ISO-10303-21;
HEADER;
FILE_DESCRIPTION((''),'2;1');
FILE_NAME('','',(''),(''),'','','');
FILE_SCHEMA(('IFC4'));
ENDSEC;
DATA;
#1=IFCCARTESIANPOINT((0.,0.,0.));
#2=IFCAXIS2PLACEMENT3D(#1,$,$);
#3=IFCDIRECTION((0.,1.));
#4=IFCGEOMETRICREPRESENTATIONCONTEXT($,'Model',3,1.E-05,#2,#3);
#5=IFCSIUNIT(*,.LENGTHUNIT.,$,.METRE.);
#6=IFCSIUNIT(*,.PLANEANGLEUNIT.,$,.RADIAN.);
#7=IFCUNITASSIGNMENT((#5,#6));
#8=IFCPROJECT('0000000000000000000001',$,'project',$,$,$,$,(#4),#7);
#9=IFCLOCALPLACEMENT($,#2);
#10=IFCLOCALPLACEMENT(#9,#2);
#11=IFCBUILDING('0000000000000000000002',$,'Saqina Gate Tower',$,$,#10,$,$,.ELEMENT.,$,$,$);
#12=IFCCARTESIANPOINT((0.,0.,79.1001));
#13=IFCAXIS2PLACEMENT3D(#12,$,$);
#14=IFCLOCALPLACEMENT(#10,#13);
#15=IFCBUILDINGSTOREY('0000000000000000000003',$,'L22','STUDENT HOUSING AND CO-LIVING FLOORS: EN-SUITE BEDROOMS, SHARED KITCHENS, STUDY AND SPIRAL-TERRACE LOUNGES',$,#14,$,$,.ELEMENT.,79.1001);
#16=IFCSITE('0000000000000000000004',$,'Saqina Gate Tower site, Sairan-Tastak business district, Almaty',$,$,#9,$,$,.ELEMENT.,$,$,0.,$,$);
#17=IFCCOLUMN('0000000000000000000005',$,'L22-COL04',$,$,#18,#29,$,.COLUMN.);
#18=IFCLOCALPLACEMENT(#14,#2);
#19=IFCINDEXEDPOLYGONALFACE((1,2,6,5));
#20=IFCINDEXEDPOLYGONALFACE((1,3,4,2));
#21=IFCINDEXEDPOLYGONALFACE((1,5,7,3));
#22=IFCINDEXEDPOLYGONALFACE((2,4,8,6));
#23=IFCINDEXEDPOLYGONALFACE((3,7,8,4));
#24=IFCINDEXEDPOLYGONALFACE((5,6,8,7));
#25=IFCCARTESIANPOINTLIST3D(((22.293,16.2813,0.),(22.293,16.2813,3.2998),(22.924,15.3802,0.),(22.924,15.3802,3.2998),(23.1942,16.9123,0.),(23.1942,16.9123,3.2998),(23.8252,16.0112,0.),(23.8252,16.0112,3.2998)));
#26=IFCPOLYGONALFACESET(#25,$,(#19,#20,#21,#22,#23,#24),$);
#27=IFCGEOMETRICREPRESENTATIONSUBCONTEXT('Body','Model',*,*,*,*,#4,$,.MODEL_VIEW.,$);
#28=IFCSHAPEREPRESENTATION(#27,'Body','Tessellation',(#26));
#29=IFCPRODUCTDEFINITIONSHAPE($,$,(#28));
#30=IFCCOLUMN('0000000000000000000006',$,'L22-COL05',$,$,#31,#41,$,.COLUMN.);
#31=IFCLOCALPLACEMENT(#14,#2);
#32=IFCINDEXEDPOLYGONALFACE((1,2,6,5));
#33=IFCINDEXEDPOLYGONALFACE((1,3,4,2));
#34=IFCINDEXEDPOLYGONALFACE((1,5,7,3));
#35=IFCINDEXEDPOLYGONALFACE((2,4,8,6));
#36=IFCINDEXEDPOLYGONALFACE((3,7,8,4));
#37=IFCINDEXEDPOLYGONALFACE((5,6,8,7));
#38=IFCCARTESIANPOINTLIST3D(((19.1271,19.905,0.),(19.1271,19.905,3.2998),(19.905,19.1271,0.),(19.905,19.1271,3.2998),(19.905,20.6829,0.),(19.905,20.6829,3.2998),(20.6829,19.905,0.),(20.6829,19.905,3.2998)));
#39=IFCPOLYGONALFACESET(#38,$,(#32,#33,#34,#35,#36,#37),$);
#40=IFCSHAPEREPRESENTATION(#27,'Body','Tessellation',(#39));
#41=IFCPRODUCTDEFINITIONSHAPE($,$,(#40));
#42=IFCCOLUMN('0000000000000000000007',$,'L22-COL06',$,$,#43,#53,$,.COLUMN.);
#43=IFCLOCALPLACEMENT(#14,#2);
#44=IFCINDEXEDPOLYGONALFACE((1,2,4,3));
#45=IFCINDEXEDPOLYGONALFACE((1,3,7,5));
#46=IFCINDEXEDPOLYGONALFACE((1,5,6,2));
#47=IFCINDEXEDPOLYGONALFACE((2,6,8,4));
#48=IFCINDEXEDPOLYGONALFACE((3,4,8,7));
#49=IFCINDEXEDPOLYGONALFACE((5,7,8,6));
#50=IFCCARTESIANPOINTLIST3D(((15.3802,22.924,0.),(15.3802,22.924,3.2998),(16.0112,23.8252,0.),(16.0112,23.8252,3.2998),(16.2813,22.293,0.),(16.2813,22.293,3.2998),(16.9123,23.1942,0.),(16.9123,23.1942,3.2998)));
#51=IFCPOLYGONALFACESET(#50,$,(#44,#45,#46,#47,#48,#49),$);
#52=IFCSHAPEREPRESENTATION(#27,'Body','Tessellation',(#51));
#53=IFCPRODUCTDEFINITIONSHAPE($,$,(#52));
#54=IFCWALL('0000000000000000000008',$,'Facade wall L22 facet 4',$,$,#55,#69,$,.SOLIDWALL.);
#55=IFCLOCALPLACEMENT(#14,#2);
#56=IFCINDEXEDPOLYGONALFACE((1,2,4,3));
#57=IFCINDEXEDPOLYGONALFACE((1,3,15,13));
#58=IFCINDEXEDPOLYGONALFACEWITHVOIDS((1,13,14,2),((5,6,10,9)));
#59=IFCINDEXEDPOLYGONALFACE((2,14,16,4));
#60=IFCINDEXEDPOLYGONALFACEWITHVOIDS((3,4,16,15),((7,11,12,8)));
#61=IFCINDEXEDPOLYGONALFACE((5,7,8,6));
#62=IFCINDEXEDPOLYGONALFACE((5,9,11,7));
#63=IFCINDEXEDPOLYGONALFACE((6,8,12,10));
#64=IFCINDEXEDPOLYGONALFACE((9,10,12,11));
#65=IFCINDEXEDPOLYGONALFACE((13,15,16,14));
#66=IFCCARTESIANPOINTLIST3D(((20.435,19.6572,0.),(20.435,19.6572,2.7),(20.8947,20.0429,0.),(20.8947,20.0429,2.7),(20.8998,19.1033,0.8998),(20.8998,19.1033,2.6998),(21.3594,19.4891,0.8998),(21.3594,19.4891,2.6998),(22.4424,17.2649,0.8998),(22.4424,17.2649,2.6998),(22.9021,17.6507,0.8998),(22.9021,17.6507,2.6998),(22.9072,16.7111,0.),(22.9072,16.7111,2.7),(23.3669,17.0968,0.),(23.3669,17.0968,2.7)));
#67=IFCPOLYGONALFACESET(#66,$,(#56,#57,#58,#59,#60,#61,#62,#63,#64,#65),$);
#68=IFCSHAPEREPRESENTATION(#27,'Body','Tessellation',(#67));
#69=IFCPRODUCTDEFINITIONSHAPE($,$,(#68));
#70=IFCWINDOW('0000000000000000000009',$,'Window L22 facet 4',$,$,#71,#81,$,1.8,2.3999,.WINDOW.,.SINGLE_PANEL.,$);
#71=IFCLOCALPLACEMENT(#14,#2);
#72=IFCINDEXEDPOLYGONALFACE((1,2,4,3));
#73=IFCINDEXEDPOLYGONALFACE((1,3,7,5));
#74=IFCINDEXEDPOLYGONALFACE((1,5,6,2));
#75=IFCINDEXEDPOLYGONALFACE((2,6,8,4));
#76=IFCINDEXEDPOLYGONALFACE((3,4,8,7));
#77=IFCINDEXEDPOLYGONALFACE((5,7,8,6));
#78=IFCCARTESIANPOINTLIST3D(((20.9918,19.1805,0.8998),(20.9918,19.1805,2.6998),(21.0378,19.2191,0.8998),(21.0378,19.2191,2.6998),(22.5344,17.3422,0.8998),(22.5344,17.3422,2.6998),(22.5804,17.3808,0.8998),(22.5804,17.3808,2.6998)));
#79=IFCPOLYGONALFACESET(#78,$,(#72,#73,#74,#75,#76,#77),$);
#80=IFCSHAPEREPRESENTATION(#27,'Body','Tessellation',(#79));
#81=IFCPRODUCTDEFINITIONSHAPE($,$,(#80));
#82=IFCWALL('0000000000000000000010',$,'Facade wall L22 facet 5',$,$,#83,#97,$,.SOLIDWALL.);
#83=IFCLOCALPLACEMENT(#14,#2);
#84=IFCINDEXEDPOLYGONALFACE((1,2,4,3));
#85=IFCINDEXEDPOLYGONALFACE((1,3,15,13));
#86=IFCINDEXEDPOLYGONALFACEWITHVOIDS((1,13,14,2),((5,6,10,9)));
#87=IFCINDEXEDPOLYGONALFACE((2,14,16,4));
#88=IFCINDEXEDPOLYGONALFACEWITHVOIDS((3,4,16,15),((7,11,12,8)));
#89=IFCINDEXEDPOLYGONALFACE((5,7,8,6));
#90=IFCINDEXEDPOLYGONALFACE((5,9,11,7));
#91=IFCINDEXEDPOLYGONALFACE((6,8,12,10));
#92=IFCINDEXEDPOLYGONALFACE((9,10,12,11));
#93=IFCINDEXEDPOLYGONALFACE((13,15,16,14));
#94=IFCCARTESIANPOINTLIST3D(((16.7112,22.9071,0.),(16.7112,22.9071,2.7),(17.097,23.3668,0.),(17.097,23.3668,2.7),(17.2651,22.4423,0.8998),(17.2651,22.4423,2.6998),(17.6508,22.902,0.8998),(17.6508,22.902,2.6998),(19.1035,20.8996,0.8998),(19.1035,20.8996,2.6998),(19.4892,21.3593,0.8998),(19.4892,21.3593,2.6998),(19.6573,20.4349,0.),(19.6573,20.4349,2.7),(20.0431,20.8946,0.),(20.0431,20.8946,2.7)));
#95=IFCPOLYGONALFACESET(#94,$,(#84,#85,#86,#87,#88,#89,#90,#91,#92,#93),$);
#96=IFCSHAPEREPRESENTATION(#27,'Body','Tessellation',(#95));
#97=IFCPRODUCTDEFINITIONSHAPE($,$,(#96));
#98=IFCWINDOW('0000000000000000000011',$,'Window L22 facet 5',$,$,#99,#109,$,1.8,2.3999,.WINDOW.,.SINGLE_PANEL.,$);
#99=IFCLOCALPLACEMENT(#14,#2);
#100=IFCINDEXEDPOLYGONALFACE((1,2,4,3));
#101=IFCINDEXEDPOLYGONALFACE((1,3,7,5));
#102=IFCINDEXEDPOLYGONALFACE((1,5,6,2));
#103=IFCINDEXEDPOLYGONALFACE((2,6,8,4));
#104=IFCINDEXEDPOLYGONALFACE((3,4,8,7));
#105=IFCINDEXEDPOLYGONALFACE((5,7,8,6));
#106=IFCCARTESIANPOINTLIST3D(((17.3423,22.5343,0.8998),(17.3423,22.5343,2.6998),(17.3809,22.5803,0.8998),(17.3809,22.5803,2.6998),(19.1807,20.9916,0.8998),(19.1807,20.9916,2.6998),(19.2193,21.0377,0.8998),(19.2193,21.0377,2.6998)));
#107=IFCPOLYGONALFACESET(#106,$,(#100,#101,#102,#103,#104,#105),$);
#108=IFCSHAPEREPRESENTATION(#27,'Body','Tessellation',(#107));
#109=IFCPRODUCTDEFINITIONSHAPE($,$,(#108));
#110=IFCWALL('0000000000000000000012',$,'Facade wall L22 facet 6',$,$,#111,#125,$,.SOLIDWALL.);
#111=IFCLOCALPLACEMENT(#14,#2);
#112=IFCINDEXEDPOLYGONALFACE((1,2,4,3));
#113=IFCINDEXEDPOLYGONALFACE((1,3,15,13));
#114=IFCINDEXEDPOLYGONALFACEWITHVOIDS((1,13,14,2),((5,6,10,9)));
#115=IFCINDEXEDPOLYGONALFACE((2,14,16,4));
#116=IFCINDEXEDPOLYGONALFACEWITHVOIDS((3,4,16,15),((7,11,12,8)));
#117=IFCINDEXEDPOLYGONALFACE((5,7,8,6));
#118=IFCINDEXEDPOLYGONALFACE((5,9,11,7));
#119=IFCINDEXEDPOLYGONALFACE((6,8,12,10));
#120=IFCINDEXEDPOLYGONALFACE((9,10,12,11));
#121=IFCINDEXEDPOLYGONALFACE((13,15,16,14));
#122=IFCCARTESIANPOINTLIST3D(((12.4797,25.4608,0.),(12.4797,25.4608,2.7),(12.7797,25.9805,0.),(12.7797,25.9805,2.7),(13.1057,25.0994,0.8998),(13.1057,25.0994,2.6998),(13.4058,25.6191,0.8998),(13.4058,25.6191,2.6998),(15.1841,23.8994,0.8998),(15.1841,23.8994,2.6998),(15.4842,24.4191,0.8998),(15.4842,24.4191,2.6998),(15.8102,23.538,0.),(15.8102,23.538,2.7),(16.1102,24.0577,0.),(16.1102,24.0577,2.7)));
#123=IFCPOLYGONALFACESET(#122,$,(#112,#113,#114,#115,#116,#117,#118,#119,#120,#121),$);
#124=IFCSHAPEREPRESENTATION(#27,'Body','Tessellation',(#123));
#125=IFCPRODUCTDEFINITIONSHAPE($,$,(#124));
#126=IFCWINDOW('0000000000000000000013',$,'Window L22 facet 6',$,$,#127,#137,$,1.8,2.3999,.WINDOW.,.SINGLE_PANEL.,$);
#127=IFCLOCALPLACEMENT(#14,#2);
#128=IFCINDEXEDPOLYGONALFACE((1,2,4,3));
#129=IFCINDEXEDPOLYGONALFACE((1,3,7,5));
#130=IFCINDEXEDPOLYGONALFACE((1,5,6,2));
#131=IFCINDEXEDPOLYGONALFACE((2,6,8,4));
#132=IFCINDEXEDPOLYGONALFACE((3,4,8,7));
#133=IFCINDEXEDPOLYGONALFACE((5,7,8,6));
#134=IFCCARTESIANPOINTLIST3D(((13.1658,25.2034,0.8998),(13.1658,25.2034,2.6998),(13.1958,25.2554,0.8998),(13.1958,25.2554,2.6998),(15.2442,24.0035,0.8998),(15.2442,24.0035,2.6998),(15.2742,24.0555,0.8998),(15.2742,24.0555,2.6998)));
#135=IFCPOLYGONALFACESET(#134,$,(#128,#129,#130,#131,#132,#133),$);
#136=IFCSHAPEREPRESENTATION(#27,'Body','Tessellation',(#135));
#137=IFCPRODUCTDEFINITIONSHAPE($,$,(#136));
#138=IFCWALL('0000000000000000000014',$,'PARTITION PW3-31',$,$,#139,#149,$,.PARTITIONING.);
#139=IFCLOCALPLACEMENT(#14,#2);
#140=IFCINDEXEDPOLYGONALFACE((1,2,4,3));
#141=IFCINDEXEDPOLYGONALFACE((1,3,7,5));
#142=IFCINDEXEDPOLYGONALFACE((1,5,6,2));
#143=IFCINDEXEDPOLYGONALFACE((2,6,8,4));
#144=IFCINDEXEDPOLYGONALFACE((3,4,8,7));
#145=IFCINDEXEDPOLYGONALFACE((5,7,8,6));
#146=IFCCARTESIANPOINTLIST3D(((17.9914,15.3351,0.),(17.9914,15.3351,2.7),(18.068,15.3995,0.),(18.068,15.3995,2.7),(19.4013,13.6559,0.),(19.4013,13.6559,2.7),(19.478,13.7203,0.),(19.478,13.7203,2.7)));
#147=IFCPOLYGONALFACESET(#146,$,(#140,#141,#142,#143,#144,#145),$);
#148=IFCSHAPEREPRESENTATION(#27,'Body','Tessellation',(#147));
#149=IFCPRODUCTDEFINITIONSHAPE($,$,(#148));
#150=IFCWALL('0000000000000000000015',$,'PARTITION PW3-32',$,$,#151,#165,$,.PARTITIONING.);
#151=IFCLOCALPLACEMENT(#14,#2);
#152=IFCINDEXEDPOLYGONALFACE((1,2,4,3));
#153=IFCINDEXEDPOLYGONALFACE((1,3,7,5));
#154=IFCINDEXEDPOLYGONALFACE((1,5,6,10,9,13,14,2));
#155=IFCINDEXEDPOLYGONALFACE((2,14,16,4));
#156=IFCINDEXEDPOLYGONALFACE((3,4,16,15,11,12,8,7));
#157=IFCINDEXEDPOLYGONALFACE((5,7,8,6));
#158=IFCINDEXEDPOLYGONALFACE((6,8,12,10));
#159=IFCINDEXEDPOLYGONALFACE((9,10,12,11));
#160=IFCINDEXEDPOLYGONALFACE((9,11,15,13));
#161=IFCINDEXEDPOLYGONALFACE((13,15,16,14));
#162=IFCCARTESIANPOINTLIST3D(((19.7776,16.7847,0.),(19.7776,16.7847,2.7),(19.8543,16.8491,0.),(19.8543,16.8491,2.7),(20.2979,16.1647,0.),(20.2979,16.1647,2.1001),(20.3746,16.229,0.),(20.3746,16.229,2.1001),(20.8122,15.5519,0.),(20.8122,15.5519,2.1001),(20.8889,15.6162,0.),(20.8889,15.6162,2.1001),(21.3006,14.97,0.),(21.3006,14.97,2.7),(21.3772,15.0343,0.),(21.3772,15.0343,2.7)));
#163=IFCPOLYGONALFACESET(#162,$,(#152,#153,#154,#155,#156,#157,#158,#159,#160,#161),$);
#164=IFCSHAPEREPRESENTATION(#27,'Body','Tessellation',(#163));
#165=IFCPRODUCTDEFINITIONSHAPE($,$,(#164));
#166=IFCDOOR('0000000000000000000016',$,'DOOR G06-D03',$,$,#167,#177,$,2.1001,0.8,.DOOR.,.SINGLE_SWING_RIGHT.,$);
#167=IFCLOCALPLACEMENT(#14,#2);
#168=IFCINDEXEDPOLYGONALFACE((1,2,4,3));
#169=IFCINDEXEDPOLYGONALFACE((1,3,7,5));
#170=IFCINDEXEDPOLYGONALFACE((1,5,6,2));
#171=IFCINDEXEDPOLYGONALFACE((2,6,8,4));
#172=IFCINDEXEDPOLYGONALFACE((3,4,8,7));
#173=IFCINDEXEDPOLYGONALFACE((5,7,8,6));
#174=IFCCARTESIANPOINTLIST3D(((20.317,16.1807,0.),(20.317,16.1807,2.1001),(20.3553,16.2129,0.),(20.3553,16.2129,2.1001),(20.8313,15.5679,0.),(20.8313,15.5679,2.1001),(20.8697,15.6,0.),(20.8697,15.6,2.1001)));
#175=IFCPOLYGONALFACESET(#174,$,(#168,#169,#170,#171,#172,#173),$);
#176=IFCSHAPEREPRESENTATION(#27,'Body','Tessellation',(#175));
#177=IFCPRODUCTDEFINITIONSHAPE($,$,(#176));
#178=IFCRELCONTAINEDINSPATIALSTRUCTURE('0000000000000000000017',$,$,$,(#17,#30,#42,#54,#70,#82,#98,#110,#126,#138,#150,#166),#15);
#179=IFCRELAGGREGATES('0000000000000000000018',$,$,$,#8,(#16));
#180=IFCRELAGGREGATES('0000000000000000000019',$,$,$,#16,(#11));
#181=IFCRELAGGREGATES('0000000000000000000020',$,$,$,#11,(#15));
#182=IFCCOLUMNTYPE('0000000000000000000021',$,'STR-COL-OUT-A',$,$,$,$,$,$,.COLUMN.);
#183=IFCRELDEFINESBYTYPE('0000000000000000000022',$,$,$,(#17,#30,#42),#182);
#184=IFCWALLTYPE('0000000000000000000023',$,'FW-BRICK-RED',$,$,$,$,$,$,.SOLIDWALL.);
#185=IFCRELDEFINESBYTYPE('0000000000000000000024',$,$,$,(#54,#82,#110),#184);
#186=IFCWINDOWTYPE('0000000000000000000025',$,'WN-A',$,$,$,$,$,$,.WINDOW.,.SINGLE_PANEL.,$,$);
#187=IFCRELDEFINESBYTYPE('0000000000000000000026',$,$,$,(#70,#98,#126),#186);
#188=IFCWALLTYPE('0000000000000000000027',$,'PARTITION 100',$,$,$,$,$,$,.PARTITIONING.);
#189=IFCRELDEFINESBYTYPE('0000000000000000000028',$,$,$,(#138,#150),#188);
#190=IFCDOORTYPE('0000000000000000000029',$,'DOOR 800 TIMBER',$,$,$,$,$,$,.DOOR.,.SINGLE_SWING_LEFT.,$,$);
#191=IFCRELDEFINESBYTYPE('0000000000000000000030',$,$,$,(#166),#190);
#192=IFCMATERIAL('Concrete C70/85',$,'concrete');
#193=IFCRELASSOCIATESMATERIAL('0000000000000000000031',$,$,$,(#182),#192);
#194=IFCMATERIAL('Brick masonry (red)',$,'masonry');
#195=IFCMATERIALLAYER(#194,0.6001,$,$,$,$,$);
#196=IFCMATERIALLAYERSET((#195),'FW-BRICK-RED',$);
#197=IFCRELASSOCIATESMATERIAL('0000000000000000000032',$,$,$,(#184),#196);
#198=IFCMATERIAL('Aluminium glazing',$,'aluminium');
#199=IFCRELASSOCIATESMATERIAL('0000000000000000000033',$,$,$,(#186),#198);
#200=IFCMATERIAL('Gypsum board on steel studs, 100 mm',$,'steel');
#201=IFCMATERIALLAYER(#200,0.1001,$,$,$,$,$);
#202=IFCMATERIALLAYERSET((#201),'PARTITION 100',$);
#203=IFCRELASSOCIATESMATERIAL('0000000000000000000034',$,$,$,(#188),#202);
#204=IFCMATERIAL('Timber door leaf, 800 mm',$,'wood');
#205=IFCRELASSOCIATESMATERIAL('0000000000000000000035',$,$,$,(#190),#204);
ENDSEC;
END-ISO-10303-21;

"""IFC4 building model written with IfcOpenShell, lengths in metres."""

from ifc_helpers import new_model, si_unit, direction, frame, frame_2d, origin, origin_2d, place, context, subcontext, project, spatial, rectangle, extrude, material, layer, layer_set, material_profile, profile_set, type_object, element, fill, save


model = new_model("IFC4")

# Units and contexts
model_context = context("Model", 3, precision=1e-05, world=origin(), true_north=direction((0.0, 1.0)))
body_context = subcontext(model_context, "Body", "Model", "MODEL_VIEW")
ifc_project = project(units=[si_unit("LENGTHUNIT", "METRE"), si_unit("PLANEANGLEUNIT", "RADIAN")], contexts=[model_context])

# Site, building, storey
site_placement = place(None, origin())
site = spatial("IfcSite", under=ifc_project, at=site_placement, Name="Saqina Gate Tower site, Sairan-Tastak business district, Almaty", CompositionType="ELEMENT", RefElevation=0.0)
building_placement = place(site_placement, origin())
building = spatial("IfcBuilding", under=site, at=building_placement, Name="Saqina Gate Tower", CompositionType="ELEMENT")
storey_placement = place(building_placement, frame((0.0, 0.0, 79.1001)))
storey = spatial("IfcBuildingStorey", under=building, at=storey_placement, Name="L22", Description="STUDENT HOUSING AND CO-LIVING FLOORS: EN-SUITE BEDROOMS, SHARED KITCHENS, STUDY AND SPIRAL-TERRACE LOUNGES", CompositionType="ELEMENT", Elevation=79.1001)

# Columns
ifc_material_1 = material(Name="Concrete C70/85", Category="concrete")
ifc_material_profile = material_profile(ifc_material_1, rectangle(XDim=1.1001, YDim=1.1001, at=origin_2d()), Name="RC 1100x1100")
ifc_profile_set = profile_set([ifc_material_profile], Name="Concrete C70/85")
column_type = type_object("IfcColumnType", Name="STR-COL-OUT-A", PredefinedType="COLUMN", material=ifc_profile_set)
for number, where, z_axis, x_axis, name in (
    (1, (23.0591, 16.1462, 0.0), (0.0, 0.0, 1.0), (0.819152, 0.573576, 0.0), "L22-COL04"),
    (2, (19.905, 19.905, 0.0), (0.0, 0.0, 1.0), (0.707107, 0.707107, 0.0), "L22-COL05"),
    (3, (16.1462, 23.0591, 0.0), (0.0, 0.0, 1.0), (0.573576, 0.819152, 0.0), "L22-COL06"),
):
    element("IfcColumn", number, at=place(storey_placement, frame(where, z_axis=z_axis, x_axis=x_axis)), inside=storey, type_object=column_type, Name=name, PredefinedType="COLUMN", context=body_context, shape_type="SweptSolid", body=[
        extrude(rectangle(XDim=1.1001, YDim=1.1001, at=origin_2d()), origin(), (0.0, 0.0, 1.0), 3.2998),
    ])

# Walls, openings, windows
ifc_material_2 = material(Name="Brick masonry (red)", Category="masonry")
ifc_layer_1 = layer(ifc_material_2, 0.6001)
ifc_layer_set_1 = layer_set([ifc_layer_1], Name="FW-BRICK-RED")
wall_type_1 = type_object("IfcWallType", Name="FW-BRICK-RED", PredefinedType="SOLIDWALL", material=ifc_layer_set_1)
wall_1_placement = place(storey_placement, frame((23.137, 16.9041, 0.0), z_axis=(0.0, 0.0, 1.0), x_axis=(-0.642809, 0.766026, 0.0)))
wall_1 = element("IfcWall", 4, at=wall_1_placement, inside=storey, type_object=wall_type_1, Name="Facade wall L22 facet 4", PredefinedType="SOLIDWALL", context=body_context, shape_type="SweptSolid", body=[
    extrude(rectangle(XDim=3.8459, YDim=0.6001, at=frame_2d((1.9229, 0.0))), origin(), (0.0, 0.0, 1.0), 2.7),
])
opening_1_placement = place(wall_1_placement, frame((0.7229, 0.0, 0.8999)))
opening_1 = element("IfcOpeningElement", 5, at=opening_1_placement, cuts=wall_1, PredefinedType="OPENING", context=body_context, shape_type="SweptSolid", body=[
    extrude(rectangle(XDim=2.3999, YDim=1.8, at=frame_2d((1.2, 0.8999))), frame((0.0, 0.312, 0.0), z_axis=(0.0, -1.0, 0.0), x_axis=(1.0, 0.0, 0.0)), (0.0, 0.0, 1.0), 0.624),
])
ifc_material_3 = material(Name="Aluminium glazing", Category="aluminium")
window_type = type_object("IfcWindowType", Name="WN-A", PartitioningType="SINGLE_PANEL", PredefinedType="WINDOW", material=ifc_material_3)
window_1_placement = place(opening_1_placement, origin())
window_1 = element("IfcWindow", 6, at=window_1_placement, inside=storey, type_object=window_type, Name="Window L22 facet 4", OverallHeight=1.8, OverallWidth=2.3999, PartitioningType="SINGLE_PANEL", PredefinedType="WINDOW", context=body_context, shape_type="SweptSolid", body=[
    extrude(rectangle(XDim=2.3999, YDim=1.8, at=frame_2d((1.2, 0.8999))), frame((0.0, 0.1799, 0.0), z_axis=(0.0, -1.0, 0.0), x_axis=(1.0, 0.0, 0.0)), (0.0, 0.0, 1.0), 0.0601),
])
fill(opening_1, window_1)
wall_2_placement = place(storey_placement, frame((19.8501, 20.6648, 0.0), z_axis=(0.0, 0.0, 1.0), x_axis=(-0.766026, 0.642809, 0.0)))
wall_2 = element("IfcWall", 7, at=wall_2_placement, inside=storey, type_object=wall_type_1, Name="Facade wall L22 facet 5", PredefinedType="SOLIDWALL", context=body_context, shape_type="SweptSolid", body=[
    extrude(rectangle(XDim=3.8459, YDim=0.6001, at=frame_2d((1.9229, 0.0))), origin(), (0.0, 0.0, 1.0), 2.7),
])
opening_2_placement = place(wall_2_placement, frame((0.7229, 0.0, 0.8999)))
opening_2 = element("IfcOpeningElement", 8, at=opening_2_placement, cuts=wall_2, PredefinedType="OPENING", context=body_context, shape_type="SweptSolid", body=[
    extrude(rectangle(XDim=2.3999, YDim=1.8, at=frame_2d((1.2, 0.8999))), frame((0.0, 0.312, 0.0), z_axis=(0.0, -1.0, 0.0), x_axis=(1.0, 0.0, 0.0)), (0.0, 0.0, 1.0), 0.624),
])
window_2_placement = place(opening_2_placement, origin())
window_2 = element("IfcWindow", 9, at=window_2_placement, inside=storey, type_object=window_type, Name="Window L22 facet 5", OverallHeight=1.8, OverallWidth=2.3999, PartitioningType="SINGLE_PANEL", PredefinedType="WINDOW", context=body_context, shape_type="SweptSolid", body=[
    extrude(rectangle(XDim=2.3999, YDim=1.8, at=frame_2d((1.2, 0.8999))), frame((0.0, 0.1799, 0.0), z_axis=(0.0, -1.0, 0.0), x_axis=(1.0, 0.0, 0.0)), (0.0, 0.0, 1.0), 0.0601),
])
fill(opening_2, window_2)
wall_3_placement = place(storey_placement, frame((15.9602, 23.7979, 0.0), z_axis=(0.0, 0.0, 1.0), x_axis=(-0.866031, 0.49999, 0.0)))
wall_3 = element("IfcWall", 10, at=wall_3_placement, inside=storey, type_object=wall_type_1, Name="Facade wall L22 facet 6", PredefinedType="SOLIDWALL", context=body_context, shape_type="SweptSolid", body=[
    extrude(rectangle(XDim=3.8457, YDim=0.6001, at=frame_2d((1.9229, 0.0))), origin(), (0.0, 0.0, 1.0), 2.7),
])
opening_3_placement = place(wall_3_placement, frame((0.7229, 0.0, 0.8999)))
opening_3 = element("IfcOpeningElement", 11, at=opening_3_placement, cuts=wall_3, PredefinedType="OPENING", context=body_context, shape_type="SweptSolid", body=[
    extrude(rectangle(XDim=2.3999, YDim=1.8, at=frame_2d((1.2, 0.8999))), frame((0.0, 0.312, 0.0), z_axis=(0.0, -1.0, 0.0), x_axis=(1.0, 0.0, 0.0)), (0.0, 0.0, 1.0), 0.624),
])
window_3_placement = place(opening_3_placement, origin())
window_3 = element("IfcWindow", 12, at=window_3_placement, inside=storey, type_object=window_type, Name="Window L22 facet 6", OverallHeight=1.8, OverallWidth=2.3999, PartitioningType="SINGLE_PANEL", PredefinedType="WINDOW", context=body_context, shape_type="SweptSolid", body=[
    extrude(rectangle(XDim=2.3999, YDim=1.8, at=frame_2d((1.2, 0.8999))), frame((0.0, 0.1799, 0.0), z_axis=(0.0, -1.0, 0.0), x_axis=(1.0, 0.0, 0.0)), (0.0, 0.0, 1.0), 0.0601),
])
fill(opening_3, window_3)

# Wall
ifc_material_4 = material(Name="Gypsum board on steel studs, 100 mm", Category="steel")
ifc_layer_2 = layer(ifc_material_4, 0.1001)
ifc_layer_set_2 = layer_set([ifc_layer_2], Name="PARTITION 100")
wall_type_2 = type_object("IfcWallType", Name="PARTITION 100", PredefinedType="PARTITIONING", material=ifc_layer_set_2)
wall_4_placement = place(storey_placement, frame((18.0298, 15.3672, 0.0), z_axis=(0.0, 0.0, 1.0), x_axis=(0.643028, -0.765843, 0.0)))
element("IfcWall", 13, at=wall_4_placement, inside=storey, type_object=wall_type_2, Name="PARTITION PW3-31", PredefinedType="PARTITIONING", context=body_context, shape_type="SweptSolid", body=[
    extrude(rectangle(XDim=2.1926, YDim=0.1001, at=frame_2d((1.0962, 0.0))), origin(), (0.0, 0.0, 1.0), 2.7),
])

# Wall, opening, door
wall_5_placement = place(storey_placement, frame((19.8159, 16.8169, 0.0), z_axis=(0.0, 0.0, 1.0), x_axis=(0.642846, -0.765995, 0.0)))
wall_5 = element("IfcWall", 14, at=wall_5_placement, inside=storey, type_object=wall_type_2, Name="PARTITION PW3-32", PredefinedType="PARTITIONING", context=body_context, shape_type="SweptSolid", body=[
    extrude(rectangle(XDim=2.3691, YDim=0.1001, at=frame_2d((1.1846, 0.0))), origin(), (0.0, 0.0, 1.0), 2.7),
])
opening_4_placement = place(wall_5_placement, frame((0.8096, 0.0, 0.0)))
opening_4 = element("IfcOpeningElement", 15, at=opening_4_placement, cuts=wall_5, PredefinedType="OPENING", context=body_context, shape_type="SweptSolid", body=[
    extrude(rectangle(XDim=0.8, YDim=2.1001, at=frame_2d((0.3999, 1.05))), frame((0.0, 0.062, 0.0), z_axis=(0.0, -1.0, 0.0), x_axis=(1.0, 0.0, 0.0)), (0.0, 0.0, 1.0), 0.124),
])
ifc_material_5 = material(Name="Timber door leaf, 800 mm", Category="wood")
door_type_1 = type_object("IfcDoorType", Name="DOOR 800 TIMBER", OperationType="SINGLE_SWING_LEFT", PredefinedType="DOOR", material=ifc_material_5)
door_1_placement = place(opening_4_placement, origin())
door_1 = element("IfcDoor", 16, at=door_1_placement, inside=storey, type_object=door_type_1, Name="DOOR G06-D03", OperationType="SINGLE_SWING_RIGHT", OverallHeight=2.1001, OverallWidth=0.8, PredefinedType="DOOR", context=body_context, shape_type="SweptSolid", body=[
    extrude(rectangle(XDim=0.8, YDim=2.1001, at=frame_2d((0.3999, 1.05))), frame((0.0, 0.0249, 0.0), z_axis=(0.0, -1.0, 0.0), x_axis=(1.0, 0.0, 0.0)), (0.0, 0.0, 1.0), 0.05),
])
fill(opening_4, door_1)

save(model, "model.ifc")
